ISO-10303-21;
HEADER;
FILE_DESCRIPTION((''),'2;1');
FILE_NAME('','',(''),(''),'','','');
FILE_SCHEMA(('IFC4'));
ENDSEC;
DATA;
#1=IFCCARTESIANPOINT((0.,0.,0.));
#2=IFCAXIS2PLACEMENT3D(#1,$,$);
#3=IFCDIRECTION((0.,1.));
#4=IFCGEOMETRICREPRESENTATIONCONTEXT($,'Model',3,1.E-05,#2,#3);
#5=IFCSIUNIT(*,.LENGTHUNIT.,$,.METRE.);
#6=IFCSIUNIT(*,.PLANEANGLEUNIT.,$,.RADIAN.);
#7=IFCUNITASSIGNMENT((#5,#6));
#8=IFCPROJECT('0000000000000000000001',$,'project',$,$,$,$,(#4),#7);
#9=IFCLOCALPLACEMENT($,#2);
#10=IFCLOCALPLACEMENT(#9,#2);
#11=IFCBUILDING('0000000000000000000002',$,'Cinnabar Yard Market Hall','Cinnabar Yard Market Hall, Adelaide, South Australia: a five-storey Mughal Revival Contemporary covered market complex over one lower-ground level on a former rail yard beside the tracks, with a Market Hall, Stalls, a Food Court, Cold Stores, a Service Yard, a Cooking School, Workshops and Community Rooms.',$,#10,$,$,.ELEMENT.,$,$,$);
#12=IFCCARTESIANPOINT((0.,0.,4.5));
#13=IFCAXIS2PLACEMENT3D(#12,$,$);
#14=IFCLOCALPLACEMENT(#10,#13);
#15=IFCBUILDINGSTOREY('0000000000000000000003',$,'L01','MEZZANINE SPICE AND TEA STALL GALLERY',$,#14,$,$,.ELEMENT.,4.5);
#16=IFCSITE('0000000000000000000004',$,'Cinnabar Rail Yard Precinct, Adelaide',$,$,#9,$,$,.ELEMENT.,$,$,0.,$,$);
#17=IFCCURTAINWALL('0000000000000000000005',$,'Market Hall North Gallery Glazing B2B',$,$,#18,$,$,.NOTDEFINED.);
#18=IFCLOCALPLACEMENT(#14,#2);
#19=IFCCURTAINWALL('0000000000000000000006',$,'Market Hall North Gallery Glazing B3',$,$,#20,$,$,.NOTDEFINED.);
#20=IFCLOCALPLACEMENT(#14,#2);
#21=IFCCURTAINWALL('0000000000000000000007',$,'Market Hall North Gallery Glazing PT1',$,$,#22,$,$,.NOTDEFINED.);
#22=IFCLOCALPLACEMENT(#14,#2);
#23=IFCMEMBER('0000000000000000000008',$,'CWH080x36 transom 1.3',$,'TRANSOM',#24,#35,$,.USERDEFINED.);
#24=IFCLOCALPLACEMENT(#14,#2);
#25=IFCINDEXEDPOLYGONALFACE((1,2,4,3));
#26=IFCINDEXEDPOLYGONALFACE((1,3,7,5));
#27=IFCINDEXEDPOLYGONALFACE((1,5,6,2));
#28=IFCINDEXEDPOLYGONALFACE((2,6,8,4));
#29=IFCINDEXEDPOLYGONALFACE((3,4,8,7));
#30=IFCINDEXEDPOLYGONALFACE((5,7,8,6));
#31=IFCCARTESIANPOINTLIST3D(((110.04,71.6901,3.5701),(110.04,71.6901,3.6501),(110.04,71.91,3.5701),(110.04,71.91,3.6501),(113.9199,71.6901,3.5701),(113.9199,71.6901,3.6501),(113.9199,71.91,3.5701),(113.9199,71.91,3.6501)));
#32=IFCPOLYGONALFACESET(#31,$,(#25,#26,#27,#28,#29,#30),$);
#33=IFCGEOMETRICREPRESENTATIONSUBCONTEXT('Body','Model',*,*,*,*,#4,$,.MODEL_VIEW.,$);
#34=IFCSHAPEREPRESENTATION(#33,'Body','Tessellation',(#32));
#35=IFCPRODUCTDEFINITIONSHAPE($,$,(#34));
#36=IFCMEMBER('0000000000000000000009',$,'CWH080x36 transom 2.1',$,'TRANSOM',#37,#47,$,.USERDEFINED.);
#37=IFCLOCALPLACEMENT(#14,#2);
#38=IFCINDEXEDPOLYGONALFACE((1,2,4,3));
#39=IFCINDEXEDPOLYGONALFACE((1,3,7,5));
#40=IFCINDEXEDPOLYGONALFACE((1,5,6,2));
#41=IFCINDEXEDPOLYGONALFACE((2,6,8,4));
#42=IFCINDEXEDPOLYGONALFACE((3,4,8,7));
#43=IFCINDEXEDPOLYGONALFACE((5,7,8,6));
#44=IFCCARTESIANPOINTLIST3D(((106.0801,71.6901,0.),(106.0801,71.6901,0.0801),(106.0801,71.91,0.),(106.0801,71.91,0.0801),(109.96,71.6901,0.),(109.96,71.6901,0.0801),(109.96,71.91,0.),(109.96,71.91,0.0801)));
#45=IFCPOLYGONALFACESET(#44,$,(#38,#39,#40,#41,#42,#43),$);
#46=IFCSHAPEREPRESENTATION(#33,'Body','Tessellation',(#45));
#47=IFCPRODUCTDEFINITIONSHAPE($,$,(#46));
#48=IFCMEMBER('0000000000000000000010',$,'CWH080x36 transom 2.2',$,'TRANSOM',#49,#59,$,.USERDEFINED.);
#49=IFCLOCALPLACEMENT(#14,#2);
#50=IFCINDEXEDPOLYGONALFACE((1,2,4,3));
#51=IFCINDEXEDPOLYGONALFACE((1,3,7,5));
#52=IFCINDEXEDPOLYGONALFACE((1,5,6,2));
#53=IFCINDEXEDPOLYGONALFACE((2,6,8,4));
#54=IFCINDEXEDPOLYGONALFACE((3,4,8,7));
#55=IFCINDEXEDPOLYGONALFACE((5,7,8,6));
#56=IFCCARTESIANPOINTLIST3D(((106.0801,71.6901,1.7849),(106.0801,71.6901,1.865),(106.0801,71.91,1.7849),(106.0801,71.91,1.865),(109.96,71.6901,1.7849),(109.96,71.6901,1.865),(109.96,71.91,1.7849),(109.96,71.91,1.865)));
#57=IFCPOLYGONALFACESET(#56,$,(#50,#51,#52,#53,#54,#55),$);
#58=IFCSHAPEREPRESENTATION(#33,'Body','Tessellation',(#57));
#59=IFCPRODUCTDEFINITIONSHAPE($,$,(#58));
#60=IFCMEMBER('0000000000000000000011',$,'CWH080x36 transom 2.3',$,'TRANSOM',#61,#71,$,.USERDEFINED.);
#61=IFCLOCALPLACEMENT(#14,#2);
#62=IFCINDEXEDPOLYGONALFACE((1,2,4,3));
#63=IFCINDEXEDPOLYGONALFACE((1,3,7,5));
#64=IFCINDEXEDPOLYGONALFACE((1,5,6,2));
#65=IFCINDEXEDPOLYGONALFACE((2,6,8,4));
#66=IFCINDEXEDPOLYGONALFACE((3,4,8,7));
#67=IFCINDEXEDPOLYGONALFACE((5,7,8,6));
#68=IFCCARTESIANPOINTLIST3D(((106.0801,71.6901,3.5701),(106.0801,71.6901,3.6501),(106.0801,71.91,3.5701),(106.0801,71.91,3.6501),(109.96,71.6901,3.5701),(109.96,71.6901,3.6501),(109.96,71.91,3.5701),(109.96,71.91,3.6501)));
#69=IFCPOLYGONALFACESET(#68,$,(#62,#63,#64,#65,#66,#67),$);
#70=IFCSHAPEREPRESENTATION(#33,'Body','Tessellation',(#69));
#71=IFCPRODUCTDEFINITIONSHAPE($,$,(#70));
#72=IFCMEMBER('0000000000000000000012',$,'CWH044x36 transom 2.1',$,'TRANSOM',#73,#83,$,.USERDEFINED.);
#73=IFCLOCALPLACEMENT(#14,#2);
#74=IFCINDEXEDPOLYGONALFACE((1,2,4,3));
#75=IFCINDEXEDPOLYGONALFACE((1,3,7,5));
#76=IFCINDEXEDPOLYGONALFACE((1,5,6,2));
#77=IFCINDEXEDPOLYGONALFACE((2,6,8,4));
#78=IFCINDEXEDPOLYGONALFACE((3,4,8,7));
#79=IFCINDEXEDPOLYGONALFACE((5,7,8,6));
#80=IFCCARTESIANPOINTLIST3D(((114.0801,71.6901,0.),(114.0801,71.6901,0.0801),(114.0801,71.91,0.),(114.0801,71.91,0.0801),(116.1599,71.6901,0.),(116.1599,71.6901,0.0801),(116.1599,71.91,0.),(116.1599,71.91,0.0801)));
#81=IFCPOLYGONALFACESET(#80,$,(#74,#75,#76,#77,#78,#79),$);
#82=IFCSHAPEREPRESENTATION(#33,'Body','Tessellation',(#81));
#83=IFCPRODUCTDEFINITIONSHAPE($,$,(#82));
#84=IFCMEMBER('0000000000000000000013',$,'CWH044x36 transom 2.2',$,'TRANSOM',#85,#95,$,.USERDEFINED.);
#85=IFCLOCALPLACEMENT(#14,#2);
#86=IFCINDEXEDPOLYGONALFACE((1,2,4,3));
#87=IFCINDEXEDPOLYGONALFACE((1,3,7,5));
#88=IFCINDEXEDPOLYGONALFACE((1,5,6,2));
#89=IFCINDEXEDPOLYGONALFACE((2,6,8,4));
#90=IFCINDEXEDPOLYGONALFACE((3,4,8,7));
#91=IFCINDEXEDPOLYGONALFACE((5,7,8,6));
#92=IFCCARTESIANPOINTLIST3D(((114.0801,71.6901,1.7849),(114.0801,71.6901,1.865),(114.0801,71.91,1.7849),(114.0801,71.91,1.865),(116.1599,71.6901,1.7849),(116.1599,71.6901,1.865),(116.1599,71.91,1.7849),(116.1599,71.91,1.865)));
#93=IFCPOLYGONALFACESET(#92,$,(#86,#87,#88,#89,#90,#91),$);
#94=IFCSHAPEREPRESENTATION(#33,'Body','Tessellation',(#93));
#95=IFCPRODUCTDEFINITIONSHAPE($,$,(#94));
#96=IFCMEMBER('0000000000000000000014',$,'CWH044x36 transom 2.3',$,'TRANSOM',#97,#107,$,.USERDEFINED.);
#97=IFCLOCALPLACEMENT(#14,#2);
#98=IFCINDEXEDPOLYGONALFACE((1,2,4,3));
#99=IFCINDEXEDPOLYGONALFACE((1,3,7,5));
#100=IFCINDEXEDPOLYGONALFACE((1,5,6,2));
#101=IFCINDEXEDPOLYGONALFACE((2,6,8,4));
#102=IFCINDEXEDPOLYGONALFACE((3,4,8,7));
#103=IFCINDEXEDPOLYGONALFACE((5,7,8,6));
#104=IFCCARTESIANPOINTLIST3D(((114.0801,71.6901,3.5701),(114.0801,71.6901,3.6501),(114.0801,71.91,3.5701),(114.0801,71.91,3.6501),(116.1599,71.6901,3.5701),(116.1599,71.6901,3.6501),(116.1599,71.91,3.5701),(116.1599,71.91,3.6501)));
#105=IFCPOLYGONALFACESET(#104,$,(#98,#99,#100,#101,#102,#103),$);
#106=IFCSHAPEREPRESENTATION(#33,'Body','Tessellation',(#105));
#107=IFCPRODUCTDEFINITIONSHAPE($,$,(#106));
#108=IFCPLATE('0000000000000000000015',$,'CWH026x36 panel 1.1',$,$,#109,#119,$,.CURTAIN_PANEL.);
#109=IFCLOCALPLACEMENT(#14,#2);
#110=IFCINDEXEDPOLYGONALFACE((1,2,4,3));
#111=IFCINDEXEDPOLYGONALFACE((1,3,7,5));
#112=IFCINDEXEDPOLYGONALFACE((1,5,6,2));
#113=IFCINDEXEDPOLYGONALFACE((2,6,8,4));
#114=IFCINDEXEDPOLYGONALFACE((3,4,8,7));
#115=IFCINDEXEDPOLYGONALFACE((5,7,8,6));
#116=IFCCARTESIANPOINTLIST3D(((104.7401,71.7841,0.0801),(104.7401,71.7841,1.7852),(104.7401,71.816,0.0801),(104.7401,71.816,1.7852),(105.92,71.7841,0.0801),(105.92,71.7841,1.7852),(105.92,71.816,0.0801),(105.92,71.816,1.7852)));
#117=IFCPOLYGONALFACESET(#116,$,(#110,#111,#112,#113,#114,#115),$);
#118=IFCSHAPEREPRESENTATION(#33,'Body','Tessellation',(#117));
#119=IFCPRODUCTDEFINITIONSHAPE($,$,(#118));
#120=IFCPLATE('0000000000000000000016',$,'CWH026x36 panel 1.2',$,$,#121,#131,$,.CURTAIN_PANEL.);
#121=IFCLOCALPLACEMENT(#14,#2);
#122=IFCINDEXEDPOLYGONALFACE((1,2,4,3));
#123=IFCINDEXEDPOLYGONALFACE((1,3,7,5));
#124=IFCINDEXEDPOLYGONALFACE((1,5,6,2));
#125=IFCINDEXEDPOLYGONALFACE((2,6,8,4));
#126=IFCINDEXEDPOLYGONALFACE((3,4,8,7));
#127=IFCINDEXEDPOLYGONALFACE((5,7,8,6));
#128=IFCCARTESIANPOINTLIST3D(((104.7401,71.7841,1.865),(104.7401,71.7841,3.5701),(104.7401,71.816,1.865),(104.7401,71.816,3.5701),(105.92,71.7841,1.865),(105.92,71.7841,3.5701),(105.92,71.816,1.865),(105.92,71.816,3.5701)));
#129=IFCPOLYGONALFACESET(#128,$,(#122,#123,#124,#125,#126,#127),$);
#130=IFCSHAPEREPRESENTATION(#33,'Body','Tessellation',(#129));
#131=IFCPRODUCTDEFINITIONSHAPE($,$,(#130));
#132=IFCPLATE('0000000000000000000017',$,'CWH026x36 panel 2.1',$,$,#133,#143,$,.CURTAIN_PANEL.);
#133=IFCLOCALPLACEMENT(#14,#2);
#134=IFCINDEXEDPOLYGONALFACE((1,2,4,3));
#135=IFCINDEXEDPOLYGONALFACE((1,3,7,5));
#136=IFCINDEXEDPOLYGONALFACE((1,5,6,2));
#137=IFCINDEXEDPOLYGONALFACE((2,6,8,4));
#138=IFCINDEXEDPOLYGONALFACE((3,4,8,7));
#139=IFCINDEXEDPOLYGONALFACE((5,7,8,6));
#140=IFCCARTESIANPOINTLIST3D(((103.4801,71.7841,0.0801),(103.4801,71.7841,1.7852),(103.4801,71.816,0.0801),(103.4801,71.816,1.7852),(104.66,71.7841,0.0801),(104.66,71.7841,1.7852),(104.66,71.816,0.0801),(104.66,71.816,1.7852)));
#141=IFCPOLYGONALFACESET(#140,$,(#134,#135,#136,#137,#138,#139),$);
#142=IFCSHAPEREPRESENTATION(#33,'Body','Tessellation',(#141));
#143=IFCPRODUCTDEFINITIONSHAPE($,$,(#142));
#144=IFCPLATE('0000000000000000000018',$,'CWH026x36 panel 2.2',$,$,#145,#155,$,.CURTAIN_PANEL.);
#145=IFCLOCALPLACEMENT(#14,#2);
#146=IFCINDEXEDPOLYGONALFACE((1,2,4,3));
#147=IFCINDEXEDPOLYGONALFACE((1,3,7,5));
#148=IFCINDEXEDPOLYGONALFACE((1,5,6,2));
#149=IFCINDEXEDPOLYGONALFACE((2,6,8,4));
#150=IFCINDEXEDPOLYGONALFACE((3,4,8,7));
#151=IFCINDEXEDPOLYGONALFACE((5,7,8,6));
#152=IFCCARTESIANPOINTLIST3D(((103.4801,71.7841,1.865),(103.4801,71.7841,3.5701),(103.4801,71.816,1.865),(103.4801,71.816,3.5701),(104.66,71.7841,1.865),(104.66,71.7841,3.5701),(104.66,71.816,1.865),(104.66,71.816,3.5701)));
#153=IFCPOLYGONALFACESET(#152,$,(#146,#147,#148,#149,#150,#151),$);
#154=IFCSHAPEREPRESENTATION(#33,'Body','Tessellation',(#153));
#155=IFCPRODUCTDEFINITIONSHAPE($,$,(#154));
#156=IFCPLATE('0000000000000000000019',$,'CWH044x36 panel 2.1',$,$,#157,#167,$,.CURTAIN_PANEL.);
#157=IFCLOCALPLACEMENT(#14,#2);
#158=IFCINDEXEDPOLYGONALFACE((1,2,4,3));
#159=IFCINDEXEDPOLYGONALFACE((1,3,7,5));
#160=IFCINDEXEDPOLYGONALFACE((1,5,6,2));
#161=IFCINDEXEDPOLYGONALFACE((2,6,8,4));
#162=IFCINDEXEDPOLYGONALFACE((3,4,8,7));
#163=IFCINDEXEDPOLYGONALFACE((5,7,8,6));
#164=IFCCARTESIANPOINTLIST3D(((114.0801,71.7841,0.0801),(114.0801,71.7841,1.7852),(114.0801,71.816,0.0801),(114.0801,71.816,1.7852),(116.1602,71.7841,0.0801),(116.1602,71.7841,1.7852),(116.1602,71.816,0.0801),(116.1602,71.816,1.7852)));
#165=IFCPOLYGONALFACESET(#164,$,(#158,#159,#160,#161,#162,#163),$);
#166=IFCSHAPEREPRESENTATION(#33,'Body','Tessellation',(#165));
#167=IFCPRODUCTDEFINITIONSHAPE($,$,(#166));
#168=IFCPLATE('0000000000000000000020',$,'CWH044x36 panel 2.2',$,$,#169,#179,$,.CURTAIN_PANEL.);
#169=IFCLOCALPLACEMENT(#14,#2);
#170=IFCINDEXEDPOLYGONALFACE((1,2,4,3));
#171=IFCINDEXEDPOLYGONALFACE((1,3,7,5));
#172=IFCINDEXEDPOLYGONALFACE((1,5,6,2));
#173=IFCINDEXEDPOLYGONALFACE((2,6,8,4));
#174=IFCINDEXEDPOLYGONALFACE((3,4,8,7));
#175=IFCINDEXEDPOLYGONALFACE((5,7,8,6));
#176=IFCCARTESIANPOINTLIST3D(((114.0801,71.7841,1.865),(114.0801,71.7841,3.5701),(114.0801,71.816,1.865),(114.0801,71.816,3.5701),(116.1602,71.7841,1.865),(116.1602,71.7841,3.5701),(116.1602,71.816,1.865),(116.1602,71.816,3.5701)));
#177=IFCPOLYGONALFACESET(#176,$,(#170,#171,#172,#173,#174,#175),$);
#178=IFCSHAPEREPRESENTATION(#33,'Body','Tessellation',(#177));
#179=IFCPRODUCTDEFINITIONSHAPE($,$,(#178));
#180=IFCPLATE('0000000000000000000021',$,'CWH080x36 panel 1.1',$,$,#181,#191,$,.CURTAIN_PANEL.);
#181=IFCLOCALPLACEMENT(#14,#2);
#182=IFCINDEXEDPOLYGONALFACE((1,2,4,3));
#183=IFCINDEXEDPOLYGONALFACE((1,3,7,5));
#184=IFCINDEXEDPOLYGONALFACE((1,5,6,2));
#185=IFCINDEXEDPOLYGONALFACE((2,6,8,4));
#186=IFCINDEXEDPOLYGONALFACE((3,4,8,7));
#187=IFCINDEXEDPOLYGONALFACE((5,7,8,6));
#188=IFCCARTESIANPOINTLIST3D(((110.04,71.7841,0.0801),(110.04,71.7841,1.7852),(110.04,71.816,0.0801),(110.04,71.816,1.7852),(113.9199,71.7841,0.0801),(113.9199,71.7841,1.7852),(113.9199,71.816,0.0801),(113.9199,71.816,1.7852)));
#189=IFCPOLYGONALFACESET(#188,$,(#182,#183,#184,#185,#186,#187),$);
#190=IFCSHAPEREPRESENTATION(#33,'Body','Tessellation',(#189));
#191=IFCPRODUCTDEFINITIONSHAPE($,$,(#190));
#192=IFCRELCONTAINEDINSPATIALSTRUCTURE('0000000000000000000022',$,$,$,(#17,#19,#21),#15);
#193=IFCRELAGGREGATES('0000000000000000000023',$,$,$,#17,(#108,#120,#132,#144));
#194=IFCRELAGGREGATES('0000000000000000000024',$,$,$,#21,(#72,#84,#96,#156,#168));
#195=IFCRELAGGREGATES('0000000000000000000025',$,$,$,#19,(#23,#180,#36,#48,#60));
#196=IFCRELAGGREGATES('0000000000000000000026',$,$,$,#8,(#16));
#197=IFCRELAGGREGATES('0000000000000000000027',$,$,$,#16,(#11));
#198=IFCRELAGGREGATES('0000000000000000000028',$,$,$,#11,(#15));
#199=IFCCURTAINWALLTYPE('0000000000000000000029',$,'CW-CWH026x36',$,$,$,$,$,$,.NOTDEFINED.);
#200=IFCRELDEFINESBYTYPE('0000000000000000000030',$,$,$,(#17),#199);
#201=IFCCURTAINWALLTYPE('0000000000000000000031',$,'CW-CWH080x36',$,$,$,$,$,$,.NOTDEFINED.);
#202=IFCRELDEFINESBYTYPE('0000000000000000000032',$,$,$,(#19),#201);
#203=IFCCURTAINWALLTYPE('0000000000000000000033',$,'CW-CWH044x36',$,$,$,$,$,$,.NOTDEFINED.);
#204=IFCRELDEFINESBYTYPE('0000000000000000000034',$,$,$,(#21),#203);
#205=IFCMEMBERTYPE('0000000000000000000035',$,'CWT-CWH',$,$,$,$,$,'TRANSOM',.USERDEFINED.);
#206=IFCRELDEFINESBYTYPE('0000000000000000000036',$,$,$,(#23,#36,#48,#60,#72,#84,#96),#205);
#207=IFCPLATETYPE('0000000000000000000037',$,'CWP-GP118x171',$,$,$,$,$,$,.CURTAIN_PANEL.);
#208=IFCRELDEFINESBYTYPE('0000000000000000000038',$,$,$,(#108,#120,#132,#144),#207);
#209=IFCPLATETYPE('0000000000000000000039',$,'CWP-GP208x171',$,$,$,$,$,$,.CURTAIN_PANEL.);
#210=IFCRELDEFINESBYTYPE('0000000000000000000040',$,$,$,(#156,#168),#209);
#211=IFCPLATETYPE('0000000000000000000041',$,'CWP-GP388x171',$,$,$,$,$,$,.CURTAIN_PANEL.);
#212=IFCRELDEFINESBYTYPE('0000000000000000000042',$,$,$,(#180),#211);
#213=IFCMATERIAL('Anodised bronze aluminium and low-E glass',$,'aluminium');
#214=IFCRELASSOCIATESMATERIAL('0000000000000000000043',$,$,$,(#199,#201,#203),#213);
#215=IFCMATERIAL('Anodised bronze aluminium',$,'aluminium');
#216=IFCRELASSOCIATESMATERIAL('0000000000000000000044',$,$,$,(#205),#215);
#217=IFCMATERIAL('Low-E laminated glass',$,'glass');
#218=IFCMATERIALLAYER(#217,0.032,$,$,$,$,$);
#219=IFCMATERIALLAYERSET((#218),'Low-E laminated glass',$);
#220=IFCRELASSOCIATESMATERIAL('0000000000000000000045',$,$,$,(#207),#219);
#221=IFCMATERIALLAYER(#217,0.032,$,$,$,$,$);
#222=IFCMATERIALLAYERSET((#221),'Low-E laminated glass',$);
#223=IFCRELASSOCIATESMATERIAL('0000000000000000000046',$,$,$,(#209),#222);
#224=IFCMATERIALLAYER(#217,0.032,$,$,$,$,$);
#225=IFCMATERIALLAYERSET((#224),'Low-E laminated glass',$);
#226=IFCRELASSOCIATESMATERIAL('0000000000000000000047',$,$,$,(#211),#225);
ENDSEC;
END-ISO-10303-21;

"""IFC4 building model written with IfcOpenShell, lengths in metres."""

from ifc_helpers import new_model, si_unit, direction, frame, origin, origin_2d_with_axis, place, context, subcontext, project, spatial, rectangle, extrude, material, layer, layer_set, material_profile, profile_set, type_object, element, aggregate, save


model = new_model("IFC4")

# Units and contexts
model_context = context("Model", 3, precision=1e-05, world=origin(), true_north=direction((0.0, 1.0)))
body_context = subcontext(model_context, "Body", "Model", "MODEL_VIEW")
ifc_project = project(units=[si_unit("LENGTHUNIT", "METRE"), si_unit("PLANEANGLEUNIT", "RADIAN")], contexts=[model_context])

# Site, building, storey
site_placement = place(None, origin())
site = spatial("IfcSite", under=ifc_project, at=site_placement, Name="Cinnabar Rail Yard Precinct, Adelaide", CompositionType="ELEMENT", RefElevation=0.0)
building_placement = place(site_placement, origin())
building = spatial("IfcBuilding", under=site, at=building_placement, Name="Cinnabar Yard Market Hall", Description="Cinnabar Yard Market Hall, Adelaide, South Australia: a five-storey Mughal Revival Contemporary covered market complex over one lower-ground level on a former rail yard beside the tracks, with a Market Hall, Stalls, a Food Court, Cold Stores, a Service Yard, a Cooking School, Workshops and Community Rooms.", CompositionType="ELEMENT")
storey_placement = place(building_placement, frame((0.0, 0.0, 4.5)))
storey = spatial("IfcBuildingStorey", under=building, at=storey_placement, Name="L01", Description="MEZZANINE SPICE AND TEA STALL GALLERY", CompositionType="ELEMENT", Elevation=4.5)

# Curtain walls
ifc_material_1 = material(Name="Anodised bronze aluminium and low-E glass", Category="aluminium")
curtain_wall_type_1 = type_object("IfcCurtainWallType", Name="CW-CWH026x36", PredefinedType="NOTDEFINED", material=ifc_material_1)
curtain_wall_1_placement = place(storey_placement, origin())
curtain_wall_1 = element("IfcCurtainWall", 1, at=curtain_wall_1_placement, inside=storey, type_object=curtain_wall_type_1, Name="Market Hall North Gallery Glazing B2B", PredefinedType="NOTDEFINED")
ifc_material_2 = material(Name="Anodised bronze aluminium", Category="aluminium")
curtain_wall_type_2 = type_object("IfcCurtainWallType", Name="CW-CWH080x36", PredefinedType="NOTDEFINED", material=ifc_material_1)
curtain_wall_2_placement = place(storey_placement, origin())
curtain_wall_2 = element("IfcCurtainWall", 2, at=curtain_wall_2_placement, inside=storey, type_object=curtain_wall_type_2, Name="Market Hall North Gallery Glazing B3", PredefinedType="NOTDEFINED")
curtain_wall_type_3 = type_object("IfcCurtainWallType", Name="CW-CWH044x36", PredefinedType="NOTDEFINED", material=ifc_material_1)
curtain_wall_3_placement = place(storey_placement, origin())
curtain_wall_3 = element("IfcCurtainWall", 3, at=curtain_wall_3_placement, inside=storey, type_object=curtain_wall_type_3, Name="Market Hall North Gallery Glazing PT1", PredefinedType="NOTDEFINED")

# Members
ifc_material_profile_1 = material_profile(ifc_material_2, rectangle(XDim=0.22, YDim=0.0801, at=origin_2d_with_axis()), Name="TRN-CWH")
ifc_profile_set_1 = profile_set([ifc_material_profile_1], Name="Anodised bronze aluminium")
member_type_1 = type_object("IfcMemberType", Name="CWT-CWH", ElementType="TRANSOM", PredefinedType="USERDEFINED", material=ifc_profile_set_1)
member_1_placement = place(storey_placement, frame((113.9199, 71.8, 3.6101), z_axis=(-1.0, 0.0, 0.0), x_axis=(0.0, -1.0, 0.0)))
member_1 = element("IfcMember", 4, at=member_1_placement, type_object=member_type_1, Name="CWH080x36 transom 1.3", ObjectType="TRANSOM", PredefinedType="USERDEFINED", context=body_context, shape_type="SweptSolid", body=[
    extrude(rectangle(XDim=0.22, YDim=0.0801, at=origin_2d_with_axis()), origin(), (0.0, 0.0, 1.0), 3.8799),
])
member_2_placement = place(storey_placement, frame((109.96, 71.8, 0.04), z_axis=(-1.0, 0.0, 0.0), x_axis=(0.0, -1.0, 0.0)))
member_2 = element("IfcMember", 5, at=member_2_placement, type_object=member_type_1, Name="CWH080x36 transom 2.1", ObjectType="TRANSOM", PredefinedType="USERDEFINED", context=body_context, shape_type="SweptSolid", body=[
    extrude(rectangle(XDim=0.22, YDim=0.0801, at=origin_2d_with_axis()), origin(), (0.0, 0.0, 1.0), 3.8799),
])
member_3_placement = place(storey_placement, frame((109.96, 71.8, 1.825), z_axis=(-1.0, 0.0, 0.0), x_axis=(0.0, -1.0, 0.0)))
member_3 = element("IfcMember", 6, at=member_3_placement, type_object=member_type_1, Name="CWH080x36 transom 2.2", ObjectType="TRANSOM", PredefinedType="USERDEFINED", context=body_context, shape_type="SweptSolid", body=[
    extrude(rectangle(XDim=0.22, YDim=0.0801, at=origin_2d_with_axis()), origin(), (0.0, 0.0, 1.0), 3.8799),
])
member_4_placement = place(storey_placement, frame((109.96, 71.8, 3.6101), z_axis=(-1.0, 0.0, 0.0), x_axis=(0.0, -1.0, 0.0)))
member_4 = element("IfcMember", 7, at=member_4_placement, type_object=member_type_1, Name="CWH080x36 transom 2.3", ObjectType="TRANSOM", PredefinedType="USERDEFINED", context=body_context, shape_type="SweptSolid", body=[
    extrude(rectangle(XDim=0.22, YDim=0.0801, at=origin_2d_with_axis()), origin(), (0.0, 0.0, 1.0), 3.8799),
])
member_5_placement = place(storey_placement, frame((116.1599, 71.8, 0.04), z_axis=(-1.0, 0.0, 0.0), x_axis=(0.0, -1.0, 0.0)))
member_5 = element("IfcMember", 8, at=member_5_placement, type_object=member_type_1, Name="CWH044x36 transom 2.1", ObjectType="TRANSOM", PredefinedType="USERDEFINED", context=body_context, shape_type="SweptSolid", body=[
    extrude(rectangle(XDim=0.22, YDim=0.0801, at=origin_2d_with_axis()), origin(), (0.0, 0.0, 1.0), 2.0798),
])
member_6_placement = place(storey_placement, frame((116.1599, 71.8, 1.825), z_axis=(-1.0, 0.0, 0.0), x_axis=(0.0, -1.0, 0.0)))
member_6 = element("IfcMember", 9, at=member_6_placement, type_object=member_type_1, Name="CWH044x36 transom 2.2", ObjectType="TRANSOM", PredefinedType="USERDEFINED", context=body_context, shape_type="SweptSolid", body=[
    extrude(rectangle(XDim=0.22, YDim=0.0801, at=origin_2d_with_axis()), origin(), (0.0, 0.0, 1.0), 2.0798),
])
member_7_placement = place(storey_placement, frame((116.1599, 71.8, 3.6101), z_axis=(-1.0, 0.0, 0.0), x_axis=(0.0, -1.0, 0.0)))
member_7 = element("IfcMember", 10, at=member_7_placement, type_object=member_type_1, Name="CWH044x36 transom 2.3", ObjectType="TRANSOM", PredefinedType="USERDEFINED", context=body_context, shape_type="SweptSolid", body=[
    extrude(rectangle(XDim=0.22, YDim=0.0801, at=origin_2d_with_axis()), origin(), (0.0, 0.0, 1.0), 2.0798),
])

# Plates
ifc_material_3 = material(Name="Low-E laminated glass", Category="glass")
ifc_layer_1 = layer(ifc_material_3, 0.032)
ifc_layer_set_1 = layer_set([ifc_layer_1], Name="Low-E laminated glass")
plate_type_1 = type_object("IfcPlateType", Name="CWP-GP118x171", PredefinedType="CURTAIN_PANEL", material=ifc_layer_set_1)
plate_1_placement = place(storey_placement, frame((105.3301, 71.8, 0.0801), z_axis=(0.0, 0.0, 1.0), x_axis=(-1.0, 0.0, 0.0)))
plate_1 = element("IfcPlate", 11, at=plate_1_placement, type_object=plate_type_1, Name="CWH026x36 panel 1.1", PredefinedType="CURTAIN_PANEL", context=body_context, shape_type="SweptSolid", body=[
    extrude(rectangle(XDim=1.1799, YDim=0.032, at=origin_2d_with_axis()), origin(), (0.0, 0.0, 1.0), 1.7051),
])
plate_2_placement = place(storey_placement, frame((105.3301, 71.8, 1.865), z_axis=(0.0, 0.0, 1.0), x_axis=(-1.0, 0.0, 0.0)))
plate_2 = element("IfcPlate", 12, at=plate_2_placement, type_object=plate_type_1, Name="CWH026x36 panel 1.2", PredefinedType="CURTAIN_PANEL", context=body_context, shape_type="SweptSolid", body=[
    extrude(rectangle(XDim=1.1799, YDim=0.032, at=origin_2d_with_axis()), origin(), (0.0, 0.0, 1.0), 1.7051),
])
plate_3_placement = place(storey_placement, frame((104.0701, 71.8, 0.0801), z_axis=(0.0, 0.0, 1.0), x_axis=(-1.0, 0.0, 0.0)))
plate_3 = element("IfcPlate", 13, at=plate_3_placement, type_object=plate_type_1, Name="CWH026x36 panel 2.1", PredefinedType="CURTAIN_PANEL", context=body_context, shape_type="SweptSolid", body=[
    extrude(rectangle(XDim=1.1799, YDim=0.032, at=origin_2d_with_axis()), origin(), (0.0, 0.0, 1.0), 1.7051),
])
plate_4_placement = place(storey_placement, frame((104.0701, 71.8, 1.865), z_axis=(0.0, 0.0, 1.0), x_axis=(-1.0, 0.0, 0.0)))
plate_4 = element("IfcPlate", 14, at=plate_4_placement, type_object=plate_type_1, Name="CWH026x36 panel 2.2", PredefinedType="CURTAIN_PANEL", context=body_context, shape_type="SweptSolid", body=[
    extrude(rectangle(XDim=1.1799, YDim=0.032, at=origin_2d_with_axis()), origin(), (0.0, 0.0, 1.0), 1.7051),
])
aggregate(curtain_wall_1, [plate_1, plate_2, plate_3, plate_4])
ifc_layer_2 = layer(ifc_material_3, 0.032)
ifc_layer_set_2 = layer_set([ifc_layer_2], Name="Low-E laminated glass")
plate_type_2 = type_object("IfcPlateType", Name="CWP-GP208x171", PredefinedType="CURTAIN_PANEL", material=ifc_layer_set_2)
plate_5_placement = place(storey_placement, frame((115.1201, 71.8, 0.0801), z_axis=(0.0, 0.0, 1.0), x_axis=(-1.0, 0.0, 0.0)))
plate_5 = element("IfcPlate", 15, at=plate_5_placement, type_object=plate_type_2, Name="CWH044x36 panel 2.1", PredefinedType="CURTAIN_PANEL", context=body_context, shape_type="SweptSolid", body=[
    extrude(rectangle(XDim=2.0801, YDim=0.032, at=origin_2d_with_axis()), origin(), (0.0, 0.0, 1.0), 1.7051),
])
plate_6_placement = place(storey_placement, frame((115.1201, 71.8, 1.865), z_axis=(0.0, 0.0, 1.0), x_axis=(-1.0, 0.0, 0.0)))
plate_6 = element("IfcPlate", 16, at=plate_6_placement, type_object=plate_type_2, Name="CWH044x36 panel 2.2", PredefinedType="CURTAIN_PANEL", context=body_context, shape_type="SweptSolid", body=[
    extrude(rectangle(XDim=2.0801, YDim=0.032, at=origin_2d_with_axis()), origin(), (0.0, 0.0, 1.0), 1.7051),
])
aggregate(curtain_wall_3, [member_5, member_6, member_7, plate_5, plate_6])
ifc_layer_3 = layer(ifc_material_3, 0.032)
ifc_layer_set_3 = layer_set([ifc_layer_3], Name="Low-E laminated glass")
plate_type_3 = type_object("IfcPlateType", Name="CWP-GP388x171", PredefinedType="CURTAIN_PANEL", material=ifc_layer_set_3)
plate_7_placement = place(storey_placement, frame((111.98, 71.8, 0.0801), z_axis=(0.0, 0.0, 1.0), x_axis=(-1.0, 0.0, 0.0)))
plate_7 = element("IfcPlate", 17, at=plate_7_placement, type_object=plate_type_3, Name="CWH080x36 panel 1.1", PredefinedType="CURTAIN_PANEL", context=body_context, shape_type="SweptSolid", body=[
    extrude(rectangle(XDim=3.8799, YDim=0.032, at=origin_2d_with_axis()), origin(), (0.0, 0.0, 1.0), 1.7051),
])
aggregate(curtain_wall_2, [member_1, plate_7, member_2, member_3, member_4])

save(model, "model.ifc")
